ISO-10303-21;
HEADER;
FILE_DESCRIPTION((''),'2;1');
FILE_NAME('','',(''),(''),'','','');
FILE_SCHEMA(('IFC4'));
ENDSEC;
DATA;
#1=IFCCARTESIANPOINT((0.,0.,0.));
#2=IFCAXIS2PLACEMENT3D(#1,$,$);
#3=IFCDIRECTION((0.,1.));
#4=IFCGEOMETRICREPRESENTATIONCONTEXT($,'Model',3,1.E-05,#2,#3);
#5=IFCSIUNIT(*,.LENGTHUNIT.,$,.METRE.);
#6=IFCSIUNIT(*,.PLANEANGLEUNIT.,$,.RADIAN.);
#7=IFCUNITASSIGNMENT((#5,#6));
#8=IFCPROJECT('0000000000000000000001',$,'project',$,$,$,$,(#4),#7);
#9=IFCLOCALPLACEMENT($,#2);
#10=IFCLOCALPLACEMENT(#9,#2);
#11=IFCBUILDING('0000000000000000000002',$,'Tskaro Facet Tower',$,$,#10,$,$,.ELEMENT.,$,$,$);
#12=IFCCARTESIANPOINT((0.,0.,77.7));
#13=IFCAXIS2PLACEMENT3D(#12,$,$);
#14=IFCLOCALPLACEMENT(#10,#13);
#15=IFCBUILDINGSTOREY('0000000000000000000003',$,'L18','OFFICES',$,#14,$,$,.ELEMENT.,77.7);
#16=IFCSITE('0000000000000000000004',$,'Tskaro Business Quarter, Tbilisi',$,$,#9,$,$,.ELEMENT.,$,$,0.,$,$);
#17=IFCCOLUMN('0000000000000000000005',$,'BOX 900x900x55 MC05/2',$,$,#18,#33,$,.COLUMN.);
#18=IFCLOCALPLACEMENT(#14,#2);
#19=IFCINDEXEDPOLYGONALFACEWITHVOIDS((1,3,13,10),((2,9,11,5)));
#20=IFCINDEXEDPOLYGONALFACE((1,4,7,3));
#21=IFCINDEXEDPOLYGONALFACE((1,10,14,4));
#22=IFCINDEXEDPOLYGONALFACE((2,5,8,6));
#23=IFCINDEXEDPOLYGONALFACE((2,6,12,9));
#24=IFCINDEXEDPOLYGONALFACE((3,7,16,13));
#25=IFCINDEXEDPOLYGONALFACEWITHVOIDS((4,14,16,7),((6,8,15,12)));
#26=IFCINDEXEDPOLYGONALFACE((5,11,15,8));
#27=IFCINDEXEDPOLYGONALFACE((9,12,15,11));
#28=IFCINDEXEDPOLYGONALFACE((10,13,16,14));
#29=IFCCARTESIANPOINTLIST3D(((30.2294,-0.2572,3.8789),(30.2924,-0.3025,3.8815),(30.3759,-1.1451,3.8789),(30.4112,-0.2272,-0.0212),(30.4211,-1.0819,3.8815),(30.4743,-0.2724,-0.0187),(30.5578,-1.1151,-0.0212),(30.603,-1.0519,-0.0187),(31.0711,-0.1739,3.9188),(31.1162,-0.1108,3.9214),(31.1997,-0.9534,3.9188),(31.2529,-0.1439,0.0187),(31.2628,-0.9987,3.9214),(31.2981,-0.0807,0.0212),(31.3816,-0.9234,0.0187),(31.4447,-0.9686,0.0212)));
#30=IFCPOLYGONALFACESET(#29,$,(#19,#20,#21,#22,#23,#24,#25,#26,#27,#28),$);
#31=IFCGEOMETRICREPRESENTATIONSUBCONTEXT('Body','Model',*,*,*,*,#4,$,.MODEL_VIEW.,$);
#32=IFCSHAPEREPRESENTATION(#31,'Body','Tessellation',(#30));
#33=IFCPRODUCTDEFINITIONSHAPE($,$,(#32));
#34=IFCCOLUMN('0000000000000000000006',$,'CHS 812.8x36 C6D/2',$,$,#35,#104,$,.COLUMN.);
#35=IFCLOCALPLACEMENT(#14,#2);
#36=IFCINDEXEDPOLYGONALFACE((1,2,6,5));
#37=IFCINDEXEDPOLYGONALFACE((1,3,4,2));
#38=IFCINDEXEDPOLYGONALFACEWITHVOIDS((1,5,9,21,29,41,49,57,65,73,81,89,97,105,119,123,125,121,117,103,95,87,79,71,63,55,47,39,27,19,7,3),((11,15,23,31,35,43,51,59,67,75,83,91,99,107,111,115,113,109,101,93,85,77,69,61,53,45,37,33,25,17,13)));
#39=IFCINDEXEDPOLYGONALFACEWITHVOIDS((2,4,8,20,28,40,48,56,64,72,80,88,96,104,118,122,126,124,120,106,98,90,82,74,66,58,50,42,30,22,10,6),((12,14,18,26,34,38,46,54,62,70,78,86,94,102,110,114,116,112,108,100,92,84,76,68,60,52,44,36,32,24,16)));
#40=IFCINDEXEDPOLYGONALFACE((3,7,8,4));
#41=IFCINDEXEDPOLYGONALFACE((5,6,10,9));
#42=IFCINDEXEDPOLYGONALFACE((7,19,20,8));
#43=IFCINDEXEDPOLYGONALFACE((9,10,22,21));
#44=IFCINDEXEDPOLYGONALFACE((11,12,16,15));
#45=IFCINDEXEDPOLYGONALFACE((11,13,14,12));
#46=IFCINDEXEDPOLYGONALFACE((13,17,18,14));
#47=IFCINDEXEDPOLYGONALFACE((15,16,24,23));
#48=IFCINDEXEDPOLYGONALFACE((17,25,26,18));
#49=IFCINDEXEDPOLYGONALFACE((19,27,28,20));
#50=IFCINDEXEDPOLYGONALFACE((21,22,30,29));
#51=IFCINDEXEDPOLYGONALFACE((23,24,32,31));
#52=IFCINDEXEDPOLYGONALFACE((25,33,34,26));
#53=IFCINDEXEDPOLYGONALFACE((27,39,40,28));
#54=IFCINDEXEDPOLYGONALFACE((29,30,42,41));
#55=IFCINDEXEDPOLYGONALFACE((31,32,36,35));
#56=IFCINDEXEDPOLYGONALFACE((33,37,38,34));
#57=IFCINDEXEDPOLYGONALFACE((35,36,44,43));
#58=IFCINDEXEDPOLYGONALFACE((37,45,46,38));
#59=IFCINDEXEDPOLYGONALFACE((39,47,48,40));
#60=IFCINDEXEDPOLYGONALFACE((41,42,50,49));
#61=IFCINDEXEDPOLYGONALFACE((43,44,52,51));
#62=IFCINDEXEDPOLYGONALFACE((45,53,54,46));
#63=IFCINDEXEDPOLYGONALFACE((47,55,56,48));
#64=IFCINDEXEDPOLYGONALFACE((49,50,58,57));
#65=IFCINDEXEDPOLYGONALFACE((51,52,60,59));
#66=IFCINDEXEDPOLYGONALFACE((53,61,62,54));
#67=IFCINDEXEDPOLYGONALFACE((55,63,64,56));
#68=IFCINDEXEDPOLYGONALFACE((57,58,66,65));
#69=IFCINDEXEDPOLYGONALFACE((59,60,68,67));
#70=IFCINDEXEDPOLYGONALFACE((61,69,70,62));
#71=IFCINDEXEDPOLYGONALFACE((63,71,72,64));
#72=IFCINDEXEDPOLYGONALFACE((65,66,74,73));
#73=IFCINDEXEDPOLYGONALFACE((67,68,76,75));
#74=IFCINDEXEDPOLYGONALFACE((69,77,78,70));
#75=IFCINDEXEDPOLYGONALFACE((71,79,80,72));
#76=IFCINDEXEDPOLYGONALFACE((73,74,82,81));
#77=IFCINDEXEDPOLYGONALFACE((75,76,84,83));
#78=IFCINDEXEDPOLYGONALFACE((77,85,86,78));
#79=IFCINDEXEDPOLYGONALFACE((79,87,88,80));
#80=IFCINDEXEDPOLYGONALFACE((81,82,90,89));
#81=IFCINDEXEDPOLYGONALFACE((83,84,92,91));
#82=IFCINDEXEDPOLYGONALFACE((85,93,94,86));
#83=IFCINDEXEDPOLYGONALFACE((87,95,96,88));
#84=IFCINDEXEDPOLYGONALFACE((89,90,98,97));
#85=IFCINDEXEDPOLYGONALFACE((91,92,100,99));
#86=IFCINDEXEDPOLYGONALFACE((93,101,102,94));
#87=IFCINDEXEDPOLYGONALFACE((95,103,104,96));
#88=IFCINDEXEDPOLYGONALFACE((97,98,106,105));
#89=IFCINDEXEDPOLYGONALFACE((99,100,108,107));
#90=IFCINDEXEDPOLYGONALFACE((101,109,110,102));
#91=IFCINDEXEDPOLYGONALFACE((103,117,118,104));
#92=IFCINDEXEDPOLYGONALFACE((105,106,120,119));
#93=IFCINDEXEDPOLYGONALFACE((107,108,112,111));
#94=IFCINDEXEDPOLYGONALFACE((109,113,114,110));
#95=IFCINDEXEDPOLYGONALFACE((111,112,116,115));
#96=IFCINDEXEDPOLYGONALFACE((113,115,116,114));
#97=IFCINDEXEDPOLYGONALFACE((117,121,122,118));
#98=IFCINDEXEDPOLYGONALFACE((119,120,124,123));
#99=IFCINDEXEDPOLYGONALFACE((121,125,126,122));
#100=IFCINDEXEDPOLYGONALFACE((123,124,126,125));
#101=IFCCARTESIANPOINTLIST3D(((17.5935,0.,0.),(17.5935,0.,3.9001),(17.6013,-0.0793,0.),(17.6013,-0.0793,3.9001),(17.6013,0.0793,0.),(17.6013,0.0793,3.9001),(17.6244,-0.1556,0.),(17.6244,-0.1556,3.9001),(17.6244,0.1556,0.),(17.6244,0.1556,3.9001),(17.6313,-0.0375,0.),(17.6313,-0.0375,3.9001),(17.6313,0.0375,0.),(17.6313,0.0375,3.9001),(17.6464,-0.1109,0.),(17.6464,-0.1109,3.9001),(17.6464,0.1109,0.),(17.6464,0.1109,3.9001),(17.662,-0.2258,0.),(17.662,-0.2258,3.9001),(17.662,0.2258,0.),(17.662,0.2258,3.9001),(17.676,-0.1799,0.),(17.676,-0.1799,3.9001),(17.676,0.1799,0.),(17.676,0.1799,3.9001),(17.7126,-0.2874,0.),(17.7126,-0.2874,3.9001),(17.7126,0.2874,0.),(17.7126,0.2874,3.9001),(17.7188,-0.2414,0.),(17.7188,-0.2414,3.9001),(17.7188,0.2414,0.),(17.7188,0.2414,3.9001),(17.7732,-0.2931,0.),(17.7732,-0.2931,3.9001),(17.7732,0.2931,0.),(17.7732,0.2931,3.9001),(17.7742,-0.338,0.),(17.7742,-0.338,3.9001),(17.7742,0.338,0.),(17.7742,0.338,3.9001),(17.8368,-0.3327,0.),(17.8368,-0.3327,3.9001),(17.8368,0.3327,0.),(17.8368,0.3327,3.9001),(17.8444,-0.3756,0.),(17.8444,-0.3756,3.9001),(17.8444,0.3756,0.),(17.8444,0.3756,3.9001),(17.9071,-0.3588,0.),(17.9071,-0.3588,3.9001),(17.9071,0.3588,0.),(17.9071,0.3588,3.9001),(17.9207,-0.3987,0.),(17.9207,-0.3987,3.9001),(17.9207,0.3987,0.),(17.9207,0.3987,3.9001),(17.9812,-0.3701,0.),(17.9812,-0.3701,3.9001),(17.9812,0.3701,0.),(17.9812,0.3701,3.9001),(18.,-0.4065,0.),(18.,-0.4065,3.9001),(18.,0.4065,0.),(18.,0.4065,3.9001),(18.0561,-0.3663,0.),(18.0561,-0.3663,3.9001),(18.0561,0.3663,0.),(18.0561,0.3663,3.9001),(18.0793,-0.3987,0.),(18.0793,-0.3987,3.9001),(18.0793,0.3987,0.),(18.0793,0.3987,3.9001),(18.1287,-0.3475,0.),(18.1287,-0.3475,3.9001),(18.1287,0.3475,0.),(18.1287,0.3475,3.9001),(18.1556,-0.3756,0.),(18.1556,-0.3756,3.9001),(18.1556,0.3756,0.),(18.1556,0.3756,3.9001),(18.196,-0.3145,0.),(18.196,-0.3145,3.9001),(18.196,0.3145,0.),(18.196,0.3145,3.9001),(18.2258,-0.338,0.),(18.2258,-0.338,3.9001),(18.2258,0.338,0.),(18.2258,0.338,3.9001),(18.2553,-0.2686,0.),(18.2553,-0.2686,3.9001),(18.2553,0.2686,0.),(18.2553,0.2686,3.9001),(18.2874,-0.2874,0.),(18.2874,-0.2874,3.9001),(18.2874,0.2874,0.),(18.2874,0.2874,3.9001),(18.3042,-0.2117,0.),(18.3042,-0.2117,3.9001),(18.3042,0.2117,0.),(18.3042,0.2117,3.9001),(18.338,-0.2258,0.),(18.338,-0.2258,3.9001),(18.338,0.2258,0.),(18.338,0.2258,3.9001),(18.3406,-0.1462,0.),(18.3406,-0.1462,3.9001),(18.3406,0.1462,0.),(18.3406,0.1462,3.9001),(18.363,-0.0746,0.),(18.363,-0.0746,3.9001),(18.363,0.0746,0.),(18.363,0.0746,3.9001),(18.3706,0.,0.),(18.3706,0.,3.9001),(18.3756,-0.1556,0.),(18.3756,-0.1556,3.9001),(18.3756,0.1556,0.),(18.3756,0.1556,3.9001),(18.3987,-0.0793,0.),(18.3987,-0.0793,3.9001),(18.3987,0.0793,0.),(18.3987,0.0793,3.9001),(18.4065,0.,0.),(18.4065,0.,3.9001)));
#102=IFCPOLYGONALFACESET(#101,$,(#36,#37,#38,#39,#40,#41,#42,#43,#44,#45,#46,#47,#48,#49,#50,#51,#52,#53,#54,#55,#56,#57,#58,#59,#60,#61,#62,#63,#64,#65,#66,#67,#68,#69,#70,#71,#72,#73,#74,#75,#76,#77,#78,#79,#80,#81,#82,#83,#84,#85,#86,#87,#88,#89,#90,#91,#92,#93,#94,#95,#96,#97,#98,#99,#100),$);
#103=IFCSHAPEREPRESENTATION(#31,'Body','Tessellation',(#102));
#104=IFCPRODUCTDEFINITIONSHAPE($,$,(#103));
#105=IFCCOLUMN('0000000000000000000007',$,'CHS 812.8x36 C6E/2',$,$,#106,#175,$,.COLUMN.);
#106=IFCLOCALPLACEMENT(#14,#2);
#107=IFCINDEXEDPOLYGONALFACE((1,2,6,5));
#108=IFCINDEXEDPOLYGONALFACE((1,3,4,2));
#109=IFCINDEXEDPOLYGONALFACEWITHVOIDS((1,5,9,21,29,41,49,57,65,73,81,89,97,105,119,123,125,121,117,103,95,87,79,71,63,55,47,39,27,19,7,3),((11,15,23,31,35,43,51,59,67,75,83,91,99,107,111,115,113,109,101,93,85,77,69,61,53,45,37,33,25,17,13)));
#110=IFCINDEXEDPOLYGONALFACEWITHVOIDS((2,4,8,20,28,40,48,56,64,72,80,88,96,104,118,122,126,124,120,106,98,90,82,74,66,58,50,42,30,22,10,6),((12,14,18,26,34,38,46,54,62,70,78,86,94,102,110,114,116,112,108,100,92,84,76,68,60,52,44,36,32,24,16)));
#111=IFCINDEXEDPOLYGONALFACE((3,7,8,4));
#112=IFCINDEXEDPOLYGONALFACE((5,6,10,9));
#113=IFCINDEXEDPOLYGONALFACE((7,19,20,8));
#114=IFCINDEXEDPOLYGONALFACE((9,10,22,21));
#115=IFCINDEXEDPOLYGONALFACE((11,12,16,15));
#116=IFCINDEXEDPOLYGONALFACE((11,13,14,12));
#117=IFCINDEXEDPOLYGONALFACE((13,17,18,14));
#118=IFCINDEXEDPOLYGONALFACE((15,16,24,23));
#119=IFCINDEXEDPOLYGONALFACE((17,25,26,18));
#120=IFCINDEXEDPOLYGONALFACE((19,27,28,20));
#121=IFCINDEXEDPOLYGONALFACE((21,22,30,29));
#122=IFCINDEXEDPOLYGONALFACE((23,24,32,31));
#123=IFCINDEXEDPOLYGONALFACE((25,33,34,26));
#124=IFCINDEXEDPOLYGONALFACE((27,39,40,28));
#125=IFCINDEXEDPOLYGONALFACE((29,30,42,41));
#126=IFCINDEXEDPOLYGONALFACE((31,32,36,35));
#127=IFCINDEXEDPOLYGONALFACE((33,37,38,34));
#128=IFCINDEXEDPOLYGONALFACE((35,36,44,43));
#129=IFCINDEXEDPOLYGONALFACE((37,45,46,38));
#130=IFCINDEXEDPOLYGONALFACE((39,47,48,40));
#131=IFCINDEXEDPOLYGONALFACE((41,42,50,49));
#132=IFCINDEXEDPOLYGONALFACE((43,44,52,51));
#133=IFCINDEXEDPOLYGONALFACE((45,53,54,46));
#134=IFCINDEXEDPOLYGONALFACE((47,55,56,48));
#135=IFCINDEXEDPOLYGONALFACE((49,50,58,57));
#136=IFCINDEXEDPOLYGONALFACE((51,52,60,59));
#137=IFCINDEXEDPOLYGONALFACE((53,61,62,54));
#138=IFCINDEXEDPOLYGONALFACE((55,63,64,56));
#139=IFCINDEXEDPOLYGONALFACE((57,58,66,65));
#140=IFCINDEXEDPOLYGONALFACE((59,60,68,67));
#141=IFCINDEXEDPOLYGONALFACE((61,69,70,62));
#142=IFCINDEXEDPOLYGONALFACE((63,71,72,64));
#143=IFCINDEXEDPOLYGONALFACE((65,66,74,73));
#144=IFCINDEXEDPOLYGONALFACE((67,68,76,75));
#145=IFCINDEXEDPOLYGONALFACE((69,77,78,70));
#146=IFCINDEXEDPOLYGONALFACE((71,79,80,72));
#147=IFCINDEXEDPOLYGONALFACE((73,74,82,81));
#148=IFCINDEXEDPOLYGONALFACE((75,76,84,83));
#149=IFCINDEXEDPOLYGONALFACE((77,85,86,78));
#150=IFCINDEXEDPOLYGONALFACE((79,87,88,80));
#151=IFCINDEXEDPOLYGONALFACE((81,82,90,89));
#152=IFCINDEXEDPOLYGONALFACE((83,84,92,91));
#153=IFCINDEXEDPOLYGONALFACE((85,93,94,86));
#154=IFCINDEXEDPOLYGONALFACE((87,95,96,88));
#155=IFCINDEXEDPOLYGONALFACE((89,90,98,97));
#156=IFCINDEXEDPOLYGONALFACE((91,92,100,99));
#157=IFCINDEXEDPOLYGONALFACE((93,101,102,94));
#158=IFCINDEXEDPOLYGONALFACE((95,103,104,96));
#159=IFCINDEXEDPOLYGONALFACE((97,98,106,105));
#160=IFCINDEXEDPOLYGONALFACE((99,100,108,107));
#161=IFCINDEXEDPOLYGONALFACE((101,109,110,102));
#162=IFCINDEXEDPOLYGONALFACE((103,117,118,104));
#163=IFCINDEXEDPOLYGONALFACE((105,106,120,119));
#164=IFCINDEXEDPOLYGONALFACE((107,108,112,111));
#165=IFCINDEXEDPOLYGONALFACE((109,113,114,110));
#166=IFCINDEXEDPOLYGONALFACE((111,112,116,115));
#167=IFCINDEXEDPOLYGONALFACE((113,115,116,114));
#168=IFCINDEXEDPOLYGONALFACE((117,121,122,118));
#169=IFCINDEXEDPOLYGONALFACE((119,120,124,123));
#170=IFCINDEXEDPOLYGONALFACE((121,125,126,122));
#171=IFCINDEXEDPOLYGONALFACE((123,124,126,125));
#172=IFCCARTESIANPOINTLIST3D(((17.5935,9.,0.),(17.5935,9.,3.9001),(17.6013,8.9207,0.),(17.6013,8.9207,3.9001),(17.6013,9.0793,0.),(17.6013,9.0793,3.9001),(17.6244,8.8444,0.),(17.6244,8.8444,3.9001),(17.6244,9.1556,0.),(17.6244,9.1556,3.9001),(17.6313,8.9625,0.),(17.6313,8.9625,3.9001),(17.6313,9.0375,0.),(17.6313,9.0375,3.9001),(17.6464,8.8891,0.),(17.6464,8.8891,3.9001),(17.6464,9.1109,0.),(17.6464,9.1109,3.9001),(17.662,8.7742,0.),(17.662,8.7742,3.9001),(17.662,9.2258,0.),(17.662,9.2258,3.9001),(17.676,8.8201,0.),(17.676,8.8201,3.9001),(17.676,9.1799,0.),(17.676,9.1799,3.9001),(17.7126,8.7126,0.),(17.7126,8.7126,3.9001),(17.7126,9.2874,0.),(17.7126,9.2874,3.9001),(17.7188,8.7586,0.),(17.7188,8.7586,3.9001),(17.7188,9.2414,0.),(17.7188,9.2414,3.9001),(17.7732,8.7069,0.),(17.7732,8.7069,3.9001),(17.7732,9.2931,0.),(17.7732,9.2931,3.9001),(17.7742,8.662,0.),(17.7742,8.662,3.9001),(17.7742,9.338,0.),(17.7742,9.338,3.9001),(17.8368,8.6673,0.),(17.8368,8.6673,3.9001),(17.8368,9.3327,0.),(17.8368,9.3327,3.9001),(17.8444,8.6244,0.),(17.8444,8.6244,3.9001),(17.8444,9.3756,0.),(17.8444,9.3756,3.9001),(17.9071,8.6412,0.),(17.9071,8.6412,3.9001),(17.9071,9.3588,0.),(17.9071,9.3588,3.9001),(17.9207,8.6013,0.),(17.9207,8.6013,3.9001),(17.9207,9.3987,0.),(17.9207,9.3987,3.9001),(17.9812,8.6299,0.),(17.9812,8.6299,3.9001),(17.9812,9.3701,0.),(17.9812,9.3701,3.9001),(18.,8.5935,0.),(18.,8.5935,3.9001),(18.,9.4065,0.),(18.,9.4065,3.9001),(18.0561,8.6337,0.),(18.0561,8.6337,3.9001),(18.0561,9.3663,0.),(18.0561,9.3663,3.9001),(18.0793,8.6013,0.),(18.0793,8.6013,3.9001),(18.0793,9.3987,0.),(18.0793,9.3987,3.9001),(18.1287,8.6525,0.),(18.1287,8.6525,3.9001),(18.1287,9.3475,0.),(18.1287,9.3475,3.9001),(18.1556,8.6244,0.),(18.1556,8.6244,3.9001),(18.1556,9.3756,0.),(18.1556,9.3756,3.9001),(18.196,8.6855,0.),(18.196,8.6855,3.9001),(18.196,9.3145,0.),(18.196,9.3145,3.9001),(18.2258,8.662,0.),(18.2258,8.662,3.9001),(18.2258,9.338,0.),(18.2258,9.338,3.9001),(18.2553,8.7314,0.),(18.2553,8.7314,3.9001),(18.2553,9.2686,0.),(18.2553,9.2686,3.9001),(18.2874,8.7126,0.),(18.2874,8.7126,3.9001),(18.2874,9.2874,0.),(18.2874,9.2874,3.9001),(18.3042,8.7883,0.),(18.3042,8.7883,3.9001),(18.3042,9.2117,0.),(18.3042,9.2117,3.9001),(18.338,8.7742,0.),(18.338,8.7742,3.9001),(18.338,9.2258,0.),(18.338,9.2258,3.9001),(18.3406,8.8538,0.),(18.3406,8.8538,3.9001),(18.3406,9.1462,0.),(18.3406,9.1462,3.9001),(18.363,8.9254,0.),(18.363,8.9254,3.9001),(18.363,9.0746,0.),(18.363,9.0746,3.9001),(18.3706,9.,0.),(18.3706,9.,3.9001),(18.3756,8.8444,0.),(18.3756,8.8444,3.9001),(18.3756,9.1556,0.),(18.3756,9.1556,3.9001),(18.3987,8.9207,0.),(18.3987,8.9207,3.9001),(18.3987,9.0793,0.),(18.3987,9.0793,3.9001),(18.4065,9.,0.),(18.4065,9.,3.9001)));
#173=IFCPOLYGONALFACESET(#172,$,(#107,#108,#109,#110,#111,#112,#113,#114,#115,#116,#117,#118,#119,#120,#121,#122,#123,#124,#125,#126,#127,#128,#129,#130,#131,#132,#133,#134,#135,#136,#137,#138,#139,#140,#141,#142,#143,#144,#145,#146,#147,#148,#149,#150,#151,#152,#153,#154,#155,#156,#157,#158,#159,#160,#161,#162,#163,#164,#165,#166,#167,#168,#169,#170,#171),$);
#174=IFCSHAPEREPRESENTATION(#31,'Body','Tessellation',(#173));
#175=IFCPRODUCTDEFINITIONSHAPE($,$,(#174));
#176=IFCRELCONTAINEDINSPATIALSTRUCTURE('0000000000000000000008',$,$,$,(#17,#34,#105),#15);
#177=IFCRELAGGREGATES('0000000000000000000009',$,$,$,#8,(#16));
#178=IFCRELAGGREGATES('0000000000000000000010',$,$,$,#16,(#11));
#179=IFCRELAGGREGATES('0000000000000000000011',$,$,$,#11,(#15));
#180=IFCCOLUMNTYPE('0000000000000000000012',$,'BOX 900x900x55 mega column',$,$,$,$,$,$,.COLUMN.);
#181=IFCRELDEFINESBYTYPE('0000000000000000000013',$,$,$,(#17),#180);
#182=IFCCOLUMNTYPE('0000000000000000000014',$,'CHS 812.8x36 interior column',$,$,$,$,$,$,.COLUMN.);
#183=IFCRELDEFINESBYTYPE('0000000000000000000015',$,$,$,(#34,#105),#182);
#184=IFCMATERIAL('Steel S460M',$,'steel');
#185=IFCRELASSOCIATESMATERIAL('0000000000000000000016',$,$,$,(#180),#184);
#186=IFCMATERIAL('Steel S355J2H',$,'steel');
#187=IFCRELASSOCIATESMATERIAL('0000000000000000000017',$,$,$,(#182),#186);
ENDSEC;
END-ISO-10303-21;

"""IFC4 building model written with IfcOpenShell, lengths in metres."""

from ifc_helpers import new_model, si_unit, direction, frame, origin, origin_2d, place, context, subcontext, project, spatial, hollow_rectangle, hollow_circle, extrude, material, material_profile, profile_set, type_object, element, save


model = new_model("IFC4")

# Units and contexts
model_context = context("Model", 3, precision=1e-05, world=origin(), true_north=direction((0.0, 1.0)))
body_context = subcontext(model_context, "Body", "Model", "MODEL_VIEW")
ifc_project = project(units=[si_unit("LENGTHUNIT", "METRE"), si_unit("PLANEANGLEUNIT", "RADIAN")], contexts=[model_context])

# Site, building, storey
site_placement = place(None, origin())
site = spatial("IfcSite", under=ifc_project, at=site_placement, Name="Tskaro Business Quarter, Tbilisi", CompositionType="ELEMENT", RefElevation=0.0)
building_placement = place(site_placement, origin())
building = spatial("IfcBuilding", under=site, at=building_placement, Name="Tskaro Facet Tower", CompositionType="ELEMENT")
storey_placement = place(building_placement, frame((0.0, 0.0, 77.7)))
storey = spatial("IfcBuildingStorey", under=building, at=storey_placement, Name="L18", Description="OFFICES", CompositionType="ELEMENT", Elevation=77.7)

# Columns
ifc_material_1 = material(Name="Steel S460M", Category="steel")
ifc_material_profile_1 = material_profile(ifc_material_1, hollow_rectangle(XDim=0.8999, YDim=0.8999, WallThickness=0.0549, at=origin_2d()), Name="BOX 900x900x55")
ifc_profile_set_1 = profile_set([ifc_material_profile_1], Name="Steel S460M")
column_type_1 = type_object("IfcColumnType", Name="BOX 900x900x55 mega column", PredefinedType="COLUMN", material=ifc_profile_set_1)
column_placement = place(storey_placement, frame((30.928, -0.5979, 0.0), z_axis=(-0.046583, -0.007691, 0.998885), x_axis=(0.162895, -0.986643, 0.0)))
element("IfcColumn", 1, at=column_placement, inside=storey, type_object=column_type_1, Name="BOX 900x900x55 MC05/2", PredefinedType="COLUMN", context=body_context, shape_type="SweptSolid", body=[
    extrude(hollow_rectangle(XDim=0.8999, YDim=0.8999, WallThickness=0.0549, at=origin_2d()), origin(), (0.0, 0.0, 1.0), 3.9045),
])
ifc_material_2 = material(Name="Steel S355J2H", Category="steel")
ifc_material_profile_2 = material_profile(ifc_material_2, hollow_circle(Radius=0.4065, WallThickness=0.0359, at=origin_2d()), Name="CHS 812.8x36")
ifc_profile_set_2 = profile_set([ifc_material_profile_2], Name="Steel S355J2H")
column_type_2 = type_object("IfcColumnType", Name="CHS 812.8x36 interior column", PredefinedType="COLUMN", material=ifc_profile_set_2)
for number, where, z_axis, x_axis, name in (
    (2, (18.0, 0.0, 0.0), (0.0, 0.0, 1.0), (1.0, 0.0, 0.0), "CHS 812.8x36 C6D/2"),
    (3, (18.0, 9.0, 0.0), (0.0, 0.0, 1.0), (1.0, 0.0, 0.0), "CHS 812.8x36 C6E/2"),
):
    element("IfcColumn", number, at=place(storey_placement, frame(where, z_axis=z_axis, x_axis=x_axis)), inside=storey, type_object=column_type_2, Name=name, PredefinedType="COLUMN", context=body_context, shape_type="SweptSolid", body=[
        extrude(hollow_circle(Radius=0.4065, WallThickness=0.0359, at=origin_2d()), origin(), (0.0, 0.0, 1.0), 3.9001),
    ])

save(model, "model.ifc")
